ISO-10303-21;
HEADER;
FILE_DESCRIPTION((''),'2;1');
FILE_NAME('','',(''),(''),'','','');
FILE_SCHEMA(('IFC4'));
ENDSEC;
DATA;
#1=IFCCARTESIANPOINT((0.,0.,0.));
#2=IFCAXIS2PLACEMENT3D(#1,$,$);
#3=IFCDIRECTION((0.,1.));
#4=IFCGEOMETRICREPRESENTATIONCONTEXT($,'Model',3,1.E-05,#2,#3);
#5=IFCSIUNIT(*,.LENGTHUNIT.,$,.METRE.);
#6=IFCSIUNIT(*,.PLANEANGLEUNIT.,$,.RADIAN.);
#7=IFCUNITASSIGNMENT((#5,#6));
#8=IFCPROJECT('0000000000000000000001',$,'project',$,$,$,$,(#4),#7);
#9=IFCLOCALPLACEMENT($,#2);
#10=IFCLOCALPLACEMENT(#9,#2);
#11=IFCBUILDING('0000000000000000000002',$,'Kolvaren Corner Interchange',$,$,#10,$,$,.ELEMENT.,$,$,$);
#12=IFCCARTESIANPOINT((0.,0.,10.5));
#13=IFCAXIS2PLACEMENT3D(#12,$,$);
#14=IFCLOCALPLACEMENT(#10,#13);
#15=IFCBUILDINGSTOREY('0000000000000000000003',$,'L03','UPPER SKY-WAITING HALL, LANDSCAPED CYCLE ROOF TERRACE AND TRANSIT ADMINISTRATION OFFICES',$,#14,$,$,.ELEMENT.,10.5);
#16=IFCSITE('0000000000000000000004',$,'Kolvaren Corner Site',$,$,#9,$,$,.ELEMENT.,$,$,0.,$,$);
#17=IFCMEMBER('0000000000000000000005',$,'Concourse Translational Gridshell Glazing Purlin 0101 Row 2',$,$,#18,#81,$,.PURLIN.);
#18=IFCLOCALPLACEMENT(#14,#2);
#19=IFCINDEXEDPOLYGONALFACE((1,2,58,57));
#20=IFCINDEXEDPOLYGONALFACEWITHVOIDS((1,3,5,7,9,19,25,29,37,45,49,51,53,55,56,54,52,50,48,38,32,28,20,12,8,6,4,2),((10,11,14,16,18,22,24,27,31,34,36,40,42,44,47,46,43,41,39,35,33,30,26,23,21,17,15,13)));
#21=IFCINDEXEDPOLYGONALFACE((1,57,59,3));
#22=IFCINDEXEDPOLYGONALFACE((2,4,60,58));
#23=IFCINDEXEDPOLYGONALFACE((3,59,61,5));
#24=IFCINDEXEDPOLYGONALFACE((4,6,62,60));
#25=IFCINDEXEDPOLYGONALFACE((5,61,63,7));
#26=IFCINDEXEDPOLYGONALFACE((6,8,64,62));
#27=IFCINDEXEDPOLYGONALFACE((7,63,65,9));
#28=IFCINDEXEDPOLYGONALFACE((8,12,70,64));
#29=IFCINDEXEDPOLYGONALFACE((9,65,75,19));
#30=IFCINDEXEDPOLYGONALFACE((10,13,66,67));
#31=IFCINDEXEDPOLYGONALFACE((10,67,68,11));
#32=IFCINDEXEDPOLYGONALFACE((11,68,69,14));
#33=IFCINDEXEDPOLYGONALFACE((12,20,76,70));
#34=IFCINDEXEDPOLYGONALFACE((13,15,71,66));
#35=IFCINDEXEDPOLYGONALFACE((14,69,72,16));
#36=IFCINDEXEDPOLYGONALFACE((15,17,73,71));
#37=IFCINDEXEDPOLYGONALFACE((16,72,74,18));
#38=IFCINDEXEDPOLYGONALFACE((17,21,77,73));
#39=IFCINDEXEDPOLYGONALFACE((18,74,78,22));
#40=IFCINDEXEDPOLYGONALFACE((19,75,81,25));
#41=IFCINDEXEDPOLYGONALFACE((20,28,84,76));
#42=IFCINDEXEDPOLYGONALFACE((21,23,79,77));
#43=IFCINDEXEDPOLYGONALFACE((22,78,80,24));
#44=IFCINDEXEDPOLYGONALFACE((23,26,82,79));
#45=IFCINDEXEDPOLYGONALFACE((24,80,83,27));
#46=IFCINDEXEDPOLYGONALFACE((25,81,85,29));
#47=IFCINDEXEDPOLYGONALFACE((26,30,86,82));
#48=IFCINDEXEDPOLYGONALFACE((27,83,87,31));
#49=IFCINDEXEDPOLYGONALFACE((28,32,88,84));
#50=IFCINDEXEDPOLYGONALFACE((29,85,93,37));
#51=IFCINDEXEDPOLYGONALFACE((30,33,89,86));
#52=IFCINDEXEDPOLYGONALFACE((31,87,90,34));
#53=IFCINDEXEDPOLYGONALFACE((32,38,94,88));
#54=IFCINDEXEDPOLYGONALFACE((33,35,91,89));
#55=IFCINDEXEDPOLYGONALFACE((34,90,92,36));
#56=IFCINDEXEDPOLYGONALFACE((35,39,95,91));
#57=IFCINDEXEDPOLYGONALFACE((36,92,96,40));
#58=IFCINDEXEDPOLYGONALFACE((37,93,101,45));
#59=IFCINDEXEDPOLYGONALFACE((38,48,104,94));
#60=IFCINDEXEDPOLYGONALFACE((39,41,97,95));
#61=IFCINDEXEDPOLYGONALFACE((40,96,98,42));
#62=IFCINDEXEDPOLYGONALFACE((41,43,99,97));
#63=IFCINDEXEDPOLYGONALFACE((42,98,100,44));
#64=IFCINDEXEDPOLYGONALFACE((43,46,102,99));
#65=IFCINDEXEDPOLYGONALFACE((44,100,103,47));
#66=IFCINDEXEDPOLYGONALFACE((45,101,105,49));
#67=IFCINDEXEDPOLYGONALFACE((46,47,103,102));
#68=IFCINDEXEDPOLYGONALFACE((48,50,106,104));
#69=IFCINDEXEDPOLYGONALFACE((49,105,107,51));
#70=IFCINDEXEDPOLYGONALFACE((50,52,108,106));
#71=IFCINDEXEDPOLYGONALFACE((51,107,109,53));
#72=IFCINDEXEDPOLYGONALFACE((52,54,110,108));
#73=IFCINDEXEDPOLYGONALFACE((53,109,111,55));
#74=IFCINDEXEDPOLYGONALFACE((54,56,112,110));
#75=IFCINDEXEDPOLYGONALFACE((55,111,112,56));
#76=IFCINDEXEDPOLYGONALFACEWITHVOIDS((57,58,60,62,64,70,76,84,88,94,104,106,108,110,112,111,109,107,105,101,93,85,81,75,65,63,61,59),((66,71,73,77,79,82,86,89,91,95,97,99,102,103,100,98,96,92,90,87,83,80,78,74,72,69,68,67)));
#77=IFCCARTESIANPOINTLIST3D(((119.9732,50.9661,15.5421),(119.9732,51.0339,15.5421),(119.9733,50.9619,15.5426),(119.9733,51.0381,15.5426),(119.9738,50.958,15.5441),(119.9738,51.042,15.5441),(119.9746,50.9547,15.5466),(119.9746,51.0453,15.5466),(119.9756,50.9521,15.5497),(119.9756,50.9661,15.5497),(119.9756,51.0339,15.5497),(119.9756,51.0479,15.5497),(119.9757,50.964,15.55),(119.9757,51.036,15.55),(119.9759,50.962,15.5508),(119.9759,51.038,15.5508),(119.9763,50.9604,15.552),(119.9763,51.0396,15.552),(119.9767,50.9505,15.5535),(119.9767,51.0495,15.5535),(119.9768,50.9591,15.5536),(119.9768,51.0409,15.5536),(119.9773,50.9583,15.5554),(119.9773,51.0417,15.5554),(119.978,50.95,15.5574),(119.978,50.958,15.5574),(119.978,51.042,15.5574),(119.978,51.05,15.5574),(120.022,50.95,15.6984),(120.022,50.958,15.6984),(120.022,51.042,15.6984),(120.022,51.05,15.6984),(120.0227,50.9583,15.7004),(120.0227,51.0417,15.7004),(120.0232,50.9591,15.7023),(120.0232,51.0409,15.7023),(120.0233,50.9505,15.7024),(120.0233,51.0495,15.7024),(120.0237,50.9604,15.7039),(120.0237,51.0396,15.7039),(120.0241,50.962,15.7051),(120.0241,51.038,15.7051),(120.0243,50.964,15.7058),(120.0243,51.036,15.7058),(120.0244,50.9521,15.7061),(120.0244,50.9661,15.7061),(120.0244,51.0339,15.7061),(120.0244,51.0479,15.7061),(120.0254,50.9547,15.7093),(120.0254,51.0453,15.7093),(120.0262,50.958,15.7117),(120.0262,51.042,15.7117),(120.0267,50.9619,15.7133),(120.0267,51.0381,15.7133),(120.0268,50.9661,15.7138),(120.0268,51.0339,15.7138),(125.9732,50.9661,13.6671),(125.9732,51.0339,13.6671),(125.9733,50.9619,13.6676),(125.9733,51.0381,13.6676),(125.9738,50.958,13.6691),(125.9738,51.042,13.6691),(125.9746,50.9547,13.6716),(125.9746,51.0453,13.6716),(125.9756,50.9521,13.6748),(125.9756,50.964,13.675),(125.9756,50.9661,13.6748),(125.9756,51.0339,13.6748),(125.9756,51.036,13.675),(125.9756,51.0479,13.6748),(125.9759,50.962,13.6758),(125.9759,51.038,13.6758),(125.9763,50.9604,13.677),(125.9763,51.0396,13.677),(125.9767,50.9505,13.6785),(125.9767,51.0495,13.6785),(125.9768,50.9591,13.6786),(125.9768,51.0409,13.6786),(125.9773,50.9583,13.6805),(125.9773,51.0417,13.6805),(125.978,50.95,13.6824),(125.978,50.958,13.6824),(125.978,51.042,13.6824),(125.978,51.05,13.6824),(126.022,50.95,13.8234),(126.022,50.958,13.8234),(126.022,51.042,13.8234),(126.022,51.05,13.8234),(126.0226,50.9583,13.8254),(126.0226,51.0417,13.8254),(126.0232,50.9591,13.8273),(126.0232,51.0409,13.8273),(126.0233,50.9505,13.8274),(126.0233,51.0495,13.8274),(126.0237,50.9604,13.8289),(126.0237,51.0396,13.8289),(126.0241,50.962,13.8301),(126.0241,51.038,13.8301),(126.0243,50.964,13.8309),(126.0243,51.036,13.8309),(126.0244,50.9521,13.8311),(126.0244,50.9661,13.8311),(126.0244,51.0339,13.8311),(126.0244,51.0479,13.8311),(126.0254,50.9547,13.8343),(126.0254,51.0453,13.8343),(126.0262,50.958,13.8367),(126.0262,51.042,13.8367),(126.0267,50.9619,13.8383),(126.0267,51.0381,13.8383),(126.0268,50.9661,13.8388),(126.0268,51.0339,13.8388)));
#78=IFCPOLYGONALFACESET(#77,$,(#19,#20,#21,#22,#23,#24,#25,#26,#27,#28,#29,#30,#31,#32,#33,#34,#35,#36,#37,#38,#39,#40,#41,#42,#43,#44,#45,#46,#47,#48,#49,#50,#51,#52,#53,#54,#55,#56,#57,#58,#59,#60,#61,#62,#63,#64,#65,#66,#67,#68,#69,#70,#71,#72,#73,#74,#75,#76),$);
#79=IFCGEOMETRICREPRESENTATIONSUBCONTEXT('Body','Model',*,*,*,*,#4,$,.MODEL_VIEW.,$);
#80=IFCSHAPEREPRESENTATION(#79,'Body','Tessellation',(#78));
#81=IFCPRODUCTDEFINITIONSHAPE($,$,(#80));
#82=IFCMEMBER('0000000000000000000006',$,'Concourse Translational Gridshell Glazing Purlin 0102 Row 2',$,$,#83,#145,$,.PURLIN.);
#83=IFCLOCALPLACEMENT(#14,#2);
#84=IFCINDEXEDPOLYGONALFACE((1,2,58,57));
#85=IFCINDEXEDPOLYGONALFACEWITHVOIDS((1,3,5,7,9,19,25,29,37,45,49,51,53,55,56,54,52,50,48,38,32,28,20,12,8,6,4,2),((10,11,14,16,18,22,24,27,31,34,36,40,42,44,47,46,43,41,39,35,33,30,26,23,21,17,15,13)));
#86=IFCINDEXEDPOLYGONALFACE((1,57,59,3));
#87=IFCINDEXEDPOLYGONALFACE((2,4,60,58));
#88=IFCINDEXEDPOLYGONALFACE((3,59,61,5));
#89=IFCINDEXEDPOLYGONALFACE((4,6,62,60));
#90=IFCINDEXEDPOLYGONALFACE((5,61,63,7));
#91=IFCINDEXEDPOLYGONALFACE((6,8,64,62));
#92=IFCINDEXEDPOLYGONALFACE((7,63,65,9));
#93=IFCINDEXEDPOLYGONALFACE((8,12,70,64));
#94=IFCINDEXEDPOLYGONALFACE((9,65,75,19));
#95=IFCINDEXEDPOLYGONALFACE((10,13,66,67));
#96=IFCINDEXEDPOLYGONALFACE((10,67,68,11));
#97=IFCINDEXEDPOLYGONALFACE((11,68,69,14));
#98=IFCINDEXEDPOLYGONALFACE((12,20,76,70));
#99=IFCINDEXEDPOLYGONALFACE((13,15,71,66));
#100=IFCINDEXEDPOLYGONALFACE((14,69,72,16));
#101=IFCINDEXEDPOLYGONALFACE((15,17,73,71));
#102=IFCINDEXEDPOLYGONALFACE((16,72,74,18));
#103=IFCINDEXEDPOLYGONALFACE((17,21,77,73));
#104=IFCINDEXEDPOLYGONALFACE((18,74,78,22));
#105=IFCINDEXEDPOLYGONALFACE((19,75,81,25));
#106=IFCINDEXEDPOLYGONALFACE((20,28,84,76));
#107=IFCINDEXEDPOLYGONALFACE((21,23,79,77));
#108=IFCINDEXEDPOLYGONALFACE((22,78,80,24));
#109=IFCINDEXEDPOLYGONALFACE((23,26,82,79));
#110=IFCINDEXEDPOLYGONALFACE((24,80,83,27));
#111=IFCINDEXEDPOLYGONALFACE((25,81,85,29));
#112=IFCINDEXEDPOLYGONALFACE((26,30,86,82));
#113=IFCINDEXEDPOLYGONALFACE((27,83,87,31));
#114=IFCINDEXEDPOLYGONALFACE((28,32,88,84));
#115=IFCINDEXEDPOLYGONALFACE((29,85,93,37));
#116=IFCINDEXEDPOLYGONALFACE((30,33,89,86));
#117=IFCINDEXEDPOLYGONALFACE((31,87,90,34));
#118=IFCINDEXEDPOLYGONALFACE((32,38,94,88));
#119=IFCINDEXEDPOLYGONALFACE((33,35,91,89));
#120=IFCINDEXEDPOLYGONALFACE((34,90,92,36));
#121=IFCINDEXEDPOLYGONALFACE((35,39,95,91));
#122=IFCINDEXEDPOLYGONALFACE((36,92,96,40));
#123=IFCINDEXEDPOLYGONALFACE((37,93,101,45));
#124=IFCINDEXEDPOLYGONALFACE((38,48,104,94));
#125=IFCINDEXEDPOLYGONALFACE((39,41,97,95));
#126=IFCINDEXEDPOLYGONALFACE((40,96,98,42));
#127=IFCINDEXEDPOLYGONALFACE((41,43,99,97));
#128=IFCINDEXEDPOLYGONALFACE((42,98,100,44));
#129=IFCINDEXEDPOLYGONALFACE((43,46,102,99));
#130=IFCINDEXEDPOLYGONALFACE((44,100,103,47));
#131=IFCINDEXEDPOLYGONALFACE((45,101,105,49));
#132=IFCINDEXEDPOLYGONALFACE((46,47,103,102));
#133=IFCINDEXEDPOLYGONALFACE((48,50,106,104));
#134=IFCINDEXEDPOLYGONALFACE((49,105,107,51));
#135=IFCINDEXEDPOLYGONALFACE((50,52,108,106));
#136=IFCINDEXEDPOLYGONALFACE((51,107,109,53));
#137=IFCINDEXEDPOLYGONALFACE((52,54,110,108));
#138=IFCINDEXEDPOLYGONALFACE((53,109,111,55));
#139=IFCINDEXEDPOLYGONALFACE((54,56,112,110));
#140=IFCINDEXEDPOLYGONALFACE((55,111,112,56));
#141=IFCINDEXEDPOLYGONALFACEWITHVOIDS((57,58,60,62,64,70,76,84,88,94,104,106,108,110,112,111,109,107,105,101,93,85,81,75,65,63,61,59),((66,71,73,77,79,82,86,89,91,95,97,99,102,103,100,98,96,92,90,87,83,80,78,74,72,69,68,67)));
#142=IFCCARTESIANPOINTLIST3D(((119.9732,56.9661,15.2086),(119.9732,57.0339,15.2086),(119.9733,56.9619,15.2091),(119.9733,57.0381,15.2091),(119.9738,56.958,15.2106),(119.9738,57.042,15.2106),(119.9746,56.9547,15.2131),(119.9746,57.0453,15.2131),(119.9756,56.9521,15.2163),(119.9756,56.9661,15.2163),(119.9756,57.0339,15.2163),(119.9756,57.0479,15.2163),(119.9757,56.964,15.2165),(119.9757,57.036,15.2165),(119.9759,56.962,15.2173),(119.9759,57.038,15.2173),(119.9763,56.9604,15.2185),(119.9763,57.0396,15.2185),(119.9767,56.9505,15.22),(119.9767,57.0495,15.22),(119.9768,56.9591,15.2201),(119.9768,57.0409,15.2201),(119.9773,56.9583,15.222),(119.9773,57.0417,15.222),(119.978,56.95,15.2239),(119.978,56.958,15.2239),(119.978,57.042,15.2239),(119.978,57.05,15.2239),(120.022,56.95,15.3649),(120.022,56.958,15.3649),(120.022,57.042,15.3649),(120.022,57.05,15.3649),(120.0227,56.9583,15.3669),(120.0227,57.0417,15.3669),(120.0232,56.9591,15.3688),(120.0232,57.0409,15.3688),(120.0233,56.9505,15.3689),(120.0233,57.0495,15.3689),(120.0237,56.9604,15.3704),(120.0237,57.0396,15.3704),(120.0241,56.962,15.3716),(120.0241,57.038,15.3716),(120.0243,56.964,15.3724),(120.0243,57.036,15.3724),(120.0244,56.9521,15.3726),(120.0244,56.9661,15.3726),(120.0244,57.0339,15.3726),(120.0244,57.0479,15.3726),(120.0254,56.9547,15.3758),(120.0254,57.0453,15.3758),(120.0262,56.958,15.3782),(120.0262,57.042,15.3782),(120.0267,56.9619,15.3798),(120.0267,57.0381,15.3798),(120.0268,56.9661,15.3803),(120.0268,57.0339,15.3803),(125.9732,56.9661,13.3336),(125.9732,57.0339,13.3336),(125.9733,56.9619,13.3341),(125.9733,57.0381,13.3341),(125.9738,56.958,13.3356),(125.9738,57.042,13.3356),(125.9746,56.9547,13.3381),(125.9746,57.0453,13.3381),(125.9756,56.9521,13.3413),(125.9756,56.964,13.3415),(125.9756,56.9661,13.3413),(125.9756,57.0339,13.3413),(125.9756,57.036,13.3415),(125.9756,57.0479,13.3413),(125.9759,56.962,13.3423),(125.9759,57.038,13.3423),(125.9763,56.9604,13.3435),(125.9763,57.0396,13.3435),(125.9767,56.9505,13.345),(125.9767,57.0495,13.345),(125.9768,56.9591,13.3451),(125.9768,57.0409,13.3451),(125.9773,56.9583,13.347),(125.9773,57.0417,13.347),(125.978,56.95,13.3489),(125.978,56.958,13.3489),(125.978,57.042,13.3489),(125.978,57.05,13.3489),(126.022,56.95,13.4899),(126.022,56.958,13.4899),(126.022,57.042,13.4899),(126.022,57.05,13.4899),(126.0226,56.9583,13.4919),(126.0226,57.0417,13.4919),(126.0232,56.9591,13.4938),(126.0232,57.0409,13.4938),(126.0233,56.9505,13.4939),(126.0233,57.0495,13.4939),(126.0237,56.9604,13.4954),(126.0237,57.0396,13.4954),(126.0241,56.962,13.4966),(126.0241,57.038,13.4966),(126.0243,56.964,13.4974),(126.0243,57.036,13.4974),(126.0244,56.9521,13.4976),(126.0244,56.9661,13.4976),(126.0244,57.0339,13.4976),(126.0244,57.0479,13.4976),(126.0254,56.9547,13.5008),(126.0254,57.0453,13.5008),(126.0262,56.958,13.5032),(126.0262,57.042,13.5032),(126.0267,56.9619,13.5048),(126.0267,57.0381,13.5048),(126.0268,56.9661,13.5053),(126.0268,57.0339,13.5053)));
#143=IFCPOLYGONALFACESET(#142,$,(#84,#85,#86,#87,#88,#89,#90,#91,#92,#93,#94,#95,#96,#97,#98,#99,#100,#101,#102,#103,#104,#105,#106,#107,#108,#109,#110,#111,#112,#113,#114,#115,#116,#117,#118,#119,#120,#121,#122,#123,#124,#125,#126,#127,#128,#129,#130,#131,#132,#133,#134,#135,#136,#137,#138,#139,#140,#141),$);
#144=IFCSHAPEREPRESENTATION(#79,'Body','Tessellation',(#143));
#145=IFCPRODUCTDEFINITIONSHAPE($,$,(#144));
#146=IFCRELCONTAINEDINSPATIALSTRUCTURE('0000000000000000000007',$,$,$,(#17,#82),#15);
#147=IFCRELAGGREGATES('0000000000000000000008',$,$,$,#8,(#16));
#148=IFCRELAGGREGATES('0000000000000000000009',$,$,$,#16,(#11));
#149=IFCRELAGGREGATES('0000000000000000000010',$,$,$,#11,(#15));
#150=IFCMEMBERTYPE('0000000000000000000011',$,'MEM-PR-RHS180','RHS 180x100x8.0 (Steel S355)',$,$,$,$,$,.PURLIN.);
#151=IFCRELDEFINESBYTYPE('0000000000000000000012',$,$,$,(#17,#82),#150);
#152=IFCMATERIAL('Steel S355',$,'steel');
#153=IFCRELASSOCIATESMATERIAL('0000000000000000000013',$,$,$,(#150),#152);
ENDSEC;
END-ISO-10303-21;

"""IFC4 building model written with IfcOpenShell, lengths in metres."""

from ifc_helpers import new_model, si_unit, direction, frame, origin, origin_2d, place, context, subcontext, project, spatial, hollow_rectangle, extrude, material, material_profile, profile_set, type_object, element, save


model = new_model("IFC4")

# Units and contexts
model_context = context("Model", 3, precision=1e-05, world=origin(), true_north=direction((0.0, 1.0)))
body_context = subcontext(model_context, "Body", "Model", "MODEL_VIEW")
ifc_project = project(units=[si_unit("LENGTHUNIT", "METRE"), si_unit("PLANEANGLEUNIT", "RADIAN")], contexts=[model_context])

# Site, building, storey
site_placement = place(None, origin())
site = spatial("IfcSite", under=ifc_project, at=site_placement, Name="Kolvaren Corner Site", CompositionType="ELEMENT", RefElevation=0.0)
building_placement = place(site_placement, origin())
building = spatial("IfcBuilding", under=site, at=building_placement, Name="Kolvaren Corner Interchange", CompositionType="ELEMENT")
storey_placement = place(building_placement, frame((0.0, 0.0, 10.5)))
storey = spatial("IfcBuildingStorey", under=building, at=storey_placement, Name="L03", Description="UPPER SKY-WAITING HALL, LANDSCAPED CYCLE ROOF TERRACE AND TRANSIT ADMINISTRATION OFFICES", CompositionType="ELEMENT", Elevation=10.5)

# Members
ifc_material_1 = material(Name="Steel S355", Category="steel")
ifc_material_profile_1 = material_profile(ifc_material_1, hollow_rectangle(XDim=0.1001, YDim=0.1799, WallThickness=0.0081, InnerFilletRadius=0.0081, OuterFilletRadius=0.0161, at=origin_2d()), Name="RHS 180x100x8.0")
ifc_profile_set_1 = profile_set([ifc_material_profile_1], Name="Steel S355")
member_type_1 = type_object("IfcMemberType", Name="MEM-PR-RHS180", Description="RHS 180x100x8.0 (Steel S355)", PredefinedType="PURLIN", material=ifc_profile_set_1)
for number, where, z_axis, x_axis, name in (
    (1, (120.0, 51.0, 15.6279), (0.95448, 0.0, -0.298275), (0.0, 1.0, 0.0), "Concourse Translational Gridshell Glazing Purlin 0101 Row 2"),
    (2, (120.0, 57.0, 15.2944), (0.95448, 0.0, -0.298275), (0.0, 1.0, 0.0), "Concourse Translational Gridshell Glazing Purlin 0102 Row 2"),
):
    element("IfcMember", number, at=place(storey_placement, frame(where, z_axis=z_axis, x_axis=x_axis)), inside=storey, type_object=member_type_1, Name=name, PredefinedType="PURLIN", context=body_context, shape_type="SweptSolid", body=[
        extrude(hollow_rectangle(XDim=0.1001, YDim=0.1799, WallThickness=0.0081, InnerFilletRadius=0.0081, OuterFilletRadius=0.0161, at=origin_2d()), origin(), (0.0, 0.0, 1.0), 6.2861),
    ])

save(model, "model.ifc")
